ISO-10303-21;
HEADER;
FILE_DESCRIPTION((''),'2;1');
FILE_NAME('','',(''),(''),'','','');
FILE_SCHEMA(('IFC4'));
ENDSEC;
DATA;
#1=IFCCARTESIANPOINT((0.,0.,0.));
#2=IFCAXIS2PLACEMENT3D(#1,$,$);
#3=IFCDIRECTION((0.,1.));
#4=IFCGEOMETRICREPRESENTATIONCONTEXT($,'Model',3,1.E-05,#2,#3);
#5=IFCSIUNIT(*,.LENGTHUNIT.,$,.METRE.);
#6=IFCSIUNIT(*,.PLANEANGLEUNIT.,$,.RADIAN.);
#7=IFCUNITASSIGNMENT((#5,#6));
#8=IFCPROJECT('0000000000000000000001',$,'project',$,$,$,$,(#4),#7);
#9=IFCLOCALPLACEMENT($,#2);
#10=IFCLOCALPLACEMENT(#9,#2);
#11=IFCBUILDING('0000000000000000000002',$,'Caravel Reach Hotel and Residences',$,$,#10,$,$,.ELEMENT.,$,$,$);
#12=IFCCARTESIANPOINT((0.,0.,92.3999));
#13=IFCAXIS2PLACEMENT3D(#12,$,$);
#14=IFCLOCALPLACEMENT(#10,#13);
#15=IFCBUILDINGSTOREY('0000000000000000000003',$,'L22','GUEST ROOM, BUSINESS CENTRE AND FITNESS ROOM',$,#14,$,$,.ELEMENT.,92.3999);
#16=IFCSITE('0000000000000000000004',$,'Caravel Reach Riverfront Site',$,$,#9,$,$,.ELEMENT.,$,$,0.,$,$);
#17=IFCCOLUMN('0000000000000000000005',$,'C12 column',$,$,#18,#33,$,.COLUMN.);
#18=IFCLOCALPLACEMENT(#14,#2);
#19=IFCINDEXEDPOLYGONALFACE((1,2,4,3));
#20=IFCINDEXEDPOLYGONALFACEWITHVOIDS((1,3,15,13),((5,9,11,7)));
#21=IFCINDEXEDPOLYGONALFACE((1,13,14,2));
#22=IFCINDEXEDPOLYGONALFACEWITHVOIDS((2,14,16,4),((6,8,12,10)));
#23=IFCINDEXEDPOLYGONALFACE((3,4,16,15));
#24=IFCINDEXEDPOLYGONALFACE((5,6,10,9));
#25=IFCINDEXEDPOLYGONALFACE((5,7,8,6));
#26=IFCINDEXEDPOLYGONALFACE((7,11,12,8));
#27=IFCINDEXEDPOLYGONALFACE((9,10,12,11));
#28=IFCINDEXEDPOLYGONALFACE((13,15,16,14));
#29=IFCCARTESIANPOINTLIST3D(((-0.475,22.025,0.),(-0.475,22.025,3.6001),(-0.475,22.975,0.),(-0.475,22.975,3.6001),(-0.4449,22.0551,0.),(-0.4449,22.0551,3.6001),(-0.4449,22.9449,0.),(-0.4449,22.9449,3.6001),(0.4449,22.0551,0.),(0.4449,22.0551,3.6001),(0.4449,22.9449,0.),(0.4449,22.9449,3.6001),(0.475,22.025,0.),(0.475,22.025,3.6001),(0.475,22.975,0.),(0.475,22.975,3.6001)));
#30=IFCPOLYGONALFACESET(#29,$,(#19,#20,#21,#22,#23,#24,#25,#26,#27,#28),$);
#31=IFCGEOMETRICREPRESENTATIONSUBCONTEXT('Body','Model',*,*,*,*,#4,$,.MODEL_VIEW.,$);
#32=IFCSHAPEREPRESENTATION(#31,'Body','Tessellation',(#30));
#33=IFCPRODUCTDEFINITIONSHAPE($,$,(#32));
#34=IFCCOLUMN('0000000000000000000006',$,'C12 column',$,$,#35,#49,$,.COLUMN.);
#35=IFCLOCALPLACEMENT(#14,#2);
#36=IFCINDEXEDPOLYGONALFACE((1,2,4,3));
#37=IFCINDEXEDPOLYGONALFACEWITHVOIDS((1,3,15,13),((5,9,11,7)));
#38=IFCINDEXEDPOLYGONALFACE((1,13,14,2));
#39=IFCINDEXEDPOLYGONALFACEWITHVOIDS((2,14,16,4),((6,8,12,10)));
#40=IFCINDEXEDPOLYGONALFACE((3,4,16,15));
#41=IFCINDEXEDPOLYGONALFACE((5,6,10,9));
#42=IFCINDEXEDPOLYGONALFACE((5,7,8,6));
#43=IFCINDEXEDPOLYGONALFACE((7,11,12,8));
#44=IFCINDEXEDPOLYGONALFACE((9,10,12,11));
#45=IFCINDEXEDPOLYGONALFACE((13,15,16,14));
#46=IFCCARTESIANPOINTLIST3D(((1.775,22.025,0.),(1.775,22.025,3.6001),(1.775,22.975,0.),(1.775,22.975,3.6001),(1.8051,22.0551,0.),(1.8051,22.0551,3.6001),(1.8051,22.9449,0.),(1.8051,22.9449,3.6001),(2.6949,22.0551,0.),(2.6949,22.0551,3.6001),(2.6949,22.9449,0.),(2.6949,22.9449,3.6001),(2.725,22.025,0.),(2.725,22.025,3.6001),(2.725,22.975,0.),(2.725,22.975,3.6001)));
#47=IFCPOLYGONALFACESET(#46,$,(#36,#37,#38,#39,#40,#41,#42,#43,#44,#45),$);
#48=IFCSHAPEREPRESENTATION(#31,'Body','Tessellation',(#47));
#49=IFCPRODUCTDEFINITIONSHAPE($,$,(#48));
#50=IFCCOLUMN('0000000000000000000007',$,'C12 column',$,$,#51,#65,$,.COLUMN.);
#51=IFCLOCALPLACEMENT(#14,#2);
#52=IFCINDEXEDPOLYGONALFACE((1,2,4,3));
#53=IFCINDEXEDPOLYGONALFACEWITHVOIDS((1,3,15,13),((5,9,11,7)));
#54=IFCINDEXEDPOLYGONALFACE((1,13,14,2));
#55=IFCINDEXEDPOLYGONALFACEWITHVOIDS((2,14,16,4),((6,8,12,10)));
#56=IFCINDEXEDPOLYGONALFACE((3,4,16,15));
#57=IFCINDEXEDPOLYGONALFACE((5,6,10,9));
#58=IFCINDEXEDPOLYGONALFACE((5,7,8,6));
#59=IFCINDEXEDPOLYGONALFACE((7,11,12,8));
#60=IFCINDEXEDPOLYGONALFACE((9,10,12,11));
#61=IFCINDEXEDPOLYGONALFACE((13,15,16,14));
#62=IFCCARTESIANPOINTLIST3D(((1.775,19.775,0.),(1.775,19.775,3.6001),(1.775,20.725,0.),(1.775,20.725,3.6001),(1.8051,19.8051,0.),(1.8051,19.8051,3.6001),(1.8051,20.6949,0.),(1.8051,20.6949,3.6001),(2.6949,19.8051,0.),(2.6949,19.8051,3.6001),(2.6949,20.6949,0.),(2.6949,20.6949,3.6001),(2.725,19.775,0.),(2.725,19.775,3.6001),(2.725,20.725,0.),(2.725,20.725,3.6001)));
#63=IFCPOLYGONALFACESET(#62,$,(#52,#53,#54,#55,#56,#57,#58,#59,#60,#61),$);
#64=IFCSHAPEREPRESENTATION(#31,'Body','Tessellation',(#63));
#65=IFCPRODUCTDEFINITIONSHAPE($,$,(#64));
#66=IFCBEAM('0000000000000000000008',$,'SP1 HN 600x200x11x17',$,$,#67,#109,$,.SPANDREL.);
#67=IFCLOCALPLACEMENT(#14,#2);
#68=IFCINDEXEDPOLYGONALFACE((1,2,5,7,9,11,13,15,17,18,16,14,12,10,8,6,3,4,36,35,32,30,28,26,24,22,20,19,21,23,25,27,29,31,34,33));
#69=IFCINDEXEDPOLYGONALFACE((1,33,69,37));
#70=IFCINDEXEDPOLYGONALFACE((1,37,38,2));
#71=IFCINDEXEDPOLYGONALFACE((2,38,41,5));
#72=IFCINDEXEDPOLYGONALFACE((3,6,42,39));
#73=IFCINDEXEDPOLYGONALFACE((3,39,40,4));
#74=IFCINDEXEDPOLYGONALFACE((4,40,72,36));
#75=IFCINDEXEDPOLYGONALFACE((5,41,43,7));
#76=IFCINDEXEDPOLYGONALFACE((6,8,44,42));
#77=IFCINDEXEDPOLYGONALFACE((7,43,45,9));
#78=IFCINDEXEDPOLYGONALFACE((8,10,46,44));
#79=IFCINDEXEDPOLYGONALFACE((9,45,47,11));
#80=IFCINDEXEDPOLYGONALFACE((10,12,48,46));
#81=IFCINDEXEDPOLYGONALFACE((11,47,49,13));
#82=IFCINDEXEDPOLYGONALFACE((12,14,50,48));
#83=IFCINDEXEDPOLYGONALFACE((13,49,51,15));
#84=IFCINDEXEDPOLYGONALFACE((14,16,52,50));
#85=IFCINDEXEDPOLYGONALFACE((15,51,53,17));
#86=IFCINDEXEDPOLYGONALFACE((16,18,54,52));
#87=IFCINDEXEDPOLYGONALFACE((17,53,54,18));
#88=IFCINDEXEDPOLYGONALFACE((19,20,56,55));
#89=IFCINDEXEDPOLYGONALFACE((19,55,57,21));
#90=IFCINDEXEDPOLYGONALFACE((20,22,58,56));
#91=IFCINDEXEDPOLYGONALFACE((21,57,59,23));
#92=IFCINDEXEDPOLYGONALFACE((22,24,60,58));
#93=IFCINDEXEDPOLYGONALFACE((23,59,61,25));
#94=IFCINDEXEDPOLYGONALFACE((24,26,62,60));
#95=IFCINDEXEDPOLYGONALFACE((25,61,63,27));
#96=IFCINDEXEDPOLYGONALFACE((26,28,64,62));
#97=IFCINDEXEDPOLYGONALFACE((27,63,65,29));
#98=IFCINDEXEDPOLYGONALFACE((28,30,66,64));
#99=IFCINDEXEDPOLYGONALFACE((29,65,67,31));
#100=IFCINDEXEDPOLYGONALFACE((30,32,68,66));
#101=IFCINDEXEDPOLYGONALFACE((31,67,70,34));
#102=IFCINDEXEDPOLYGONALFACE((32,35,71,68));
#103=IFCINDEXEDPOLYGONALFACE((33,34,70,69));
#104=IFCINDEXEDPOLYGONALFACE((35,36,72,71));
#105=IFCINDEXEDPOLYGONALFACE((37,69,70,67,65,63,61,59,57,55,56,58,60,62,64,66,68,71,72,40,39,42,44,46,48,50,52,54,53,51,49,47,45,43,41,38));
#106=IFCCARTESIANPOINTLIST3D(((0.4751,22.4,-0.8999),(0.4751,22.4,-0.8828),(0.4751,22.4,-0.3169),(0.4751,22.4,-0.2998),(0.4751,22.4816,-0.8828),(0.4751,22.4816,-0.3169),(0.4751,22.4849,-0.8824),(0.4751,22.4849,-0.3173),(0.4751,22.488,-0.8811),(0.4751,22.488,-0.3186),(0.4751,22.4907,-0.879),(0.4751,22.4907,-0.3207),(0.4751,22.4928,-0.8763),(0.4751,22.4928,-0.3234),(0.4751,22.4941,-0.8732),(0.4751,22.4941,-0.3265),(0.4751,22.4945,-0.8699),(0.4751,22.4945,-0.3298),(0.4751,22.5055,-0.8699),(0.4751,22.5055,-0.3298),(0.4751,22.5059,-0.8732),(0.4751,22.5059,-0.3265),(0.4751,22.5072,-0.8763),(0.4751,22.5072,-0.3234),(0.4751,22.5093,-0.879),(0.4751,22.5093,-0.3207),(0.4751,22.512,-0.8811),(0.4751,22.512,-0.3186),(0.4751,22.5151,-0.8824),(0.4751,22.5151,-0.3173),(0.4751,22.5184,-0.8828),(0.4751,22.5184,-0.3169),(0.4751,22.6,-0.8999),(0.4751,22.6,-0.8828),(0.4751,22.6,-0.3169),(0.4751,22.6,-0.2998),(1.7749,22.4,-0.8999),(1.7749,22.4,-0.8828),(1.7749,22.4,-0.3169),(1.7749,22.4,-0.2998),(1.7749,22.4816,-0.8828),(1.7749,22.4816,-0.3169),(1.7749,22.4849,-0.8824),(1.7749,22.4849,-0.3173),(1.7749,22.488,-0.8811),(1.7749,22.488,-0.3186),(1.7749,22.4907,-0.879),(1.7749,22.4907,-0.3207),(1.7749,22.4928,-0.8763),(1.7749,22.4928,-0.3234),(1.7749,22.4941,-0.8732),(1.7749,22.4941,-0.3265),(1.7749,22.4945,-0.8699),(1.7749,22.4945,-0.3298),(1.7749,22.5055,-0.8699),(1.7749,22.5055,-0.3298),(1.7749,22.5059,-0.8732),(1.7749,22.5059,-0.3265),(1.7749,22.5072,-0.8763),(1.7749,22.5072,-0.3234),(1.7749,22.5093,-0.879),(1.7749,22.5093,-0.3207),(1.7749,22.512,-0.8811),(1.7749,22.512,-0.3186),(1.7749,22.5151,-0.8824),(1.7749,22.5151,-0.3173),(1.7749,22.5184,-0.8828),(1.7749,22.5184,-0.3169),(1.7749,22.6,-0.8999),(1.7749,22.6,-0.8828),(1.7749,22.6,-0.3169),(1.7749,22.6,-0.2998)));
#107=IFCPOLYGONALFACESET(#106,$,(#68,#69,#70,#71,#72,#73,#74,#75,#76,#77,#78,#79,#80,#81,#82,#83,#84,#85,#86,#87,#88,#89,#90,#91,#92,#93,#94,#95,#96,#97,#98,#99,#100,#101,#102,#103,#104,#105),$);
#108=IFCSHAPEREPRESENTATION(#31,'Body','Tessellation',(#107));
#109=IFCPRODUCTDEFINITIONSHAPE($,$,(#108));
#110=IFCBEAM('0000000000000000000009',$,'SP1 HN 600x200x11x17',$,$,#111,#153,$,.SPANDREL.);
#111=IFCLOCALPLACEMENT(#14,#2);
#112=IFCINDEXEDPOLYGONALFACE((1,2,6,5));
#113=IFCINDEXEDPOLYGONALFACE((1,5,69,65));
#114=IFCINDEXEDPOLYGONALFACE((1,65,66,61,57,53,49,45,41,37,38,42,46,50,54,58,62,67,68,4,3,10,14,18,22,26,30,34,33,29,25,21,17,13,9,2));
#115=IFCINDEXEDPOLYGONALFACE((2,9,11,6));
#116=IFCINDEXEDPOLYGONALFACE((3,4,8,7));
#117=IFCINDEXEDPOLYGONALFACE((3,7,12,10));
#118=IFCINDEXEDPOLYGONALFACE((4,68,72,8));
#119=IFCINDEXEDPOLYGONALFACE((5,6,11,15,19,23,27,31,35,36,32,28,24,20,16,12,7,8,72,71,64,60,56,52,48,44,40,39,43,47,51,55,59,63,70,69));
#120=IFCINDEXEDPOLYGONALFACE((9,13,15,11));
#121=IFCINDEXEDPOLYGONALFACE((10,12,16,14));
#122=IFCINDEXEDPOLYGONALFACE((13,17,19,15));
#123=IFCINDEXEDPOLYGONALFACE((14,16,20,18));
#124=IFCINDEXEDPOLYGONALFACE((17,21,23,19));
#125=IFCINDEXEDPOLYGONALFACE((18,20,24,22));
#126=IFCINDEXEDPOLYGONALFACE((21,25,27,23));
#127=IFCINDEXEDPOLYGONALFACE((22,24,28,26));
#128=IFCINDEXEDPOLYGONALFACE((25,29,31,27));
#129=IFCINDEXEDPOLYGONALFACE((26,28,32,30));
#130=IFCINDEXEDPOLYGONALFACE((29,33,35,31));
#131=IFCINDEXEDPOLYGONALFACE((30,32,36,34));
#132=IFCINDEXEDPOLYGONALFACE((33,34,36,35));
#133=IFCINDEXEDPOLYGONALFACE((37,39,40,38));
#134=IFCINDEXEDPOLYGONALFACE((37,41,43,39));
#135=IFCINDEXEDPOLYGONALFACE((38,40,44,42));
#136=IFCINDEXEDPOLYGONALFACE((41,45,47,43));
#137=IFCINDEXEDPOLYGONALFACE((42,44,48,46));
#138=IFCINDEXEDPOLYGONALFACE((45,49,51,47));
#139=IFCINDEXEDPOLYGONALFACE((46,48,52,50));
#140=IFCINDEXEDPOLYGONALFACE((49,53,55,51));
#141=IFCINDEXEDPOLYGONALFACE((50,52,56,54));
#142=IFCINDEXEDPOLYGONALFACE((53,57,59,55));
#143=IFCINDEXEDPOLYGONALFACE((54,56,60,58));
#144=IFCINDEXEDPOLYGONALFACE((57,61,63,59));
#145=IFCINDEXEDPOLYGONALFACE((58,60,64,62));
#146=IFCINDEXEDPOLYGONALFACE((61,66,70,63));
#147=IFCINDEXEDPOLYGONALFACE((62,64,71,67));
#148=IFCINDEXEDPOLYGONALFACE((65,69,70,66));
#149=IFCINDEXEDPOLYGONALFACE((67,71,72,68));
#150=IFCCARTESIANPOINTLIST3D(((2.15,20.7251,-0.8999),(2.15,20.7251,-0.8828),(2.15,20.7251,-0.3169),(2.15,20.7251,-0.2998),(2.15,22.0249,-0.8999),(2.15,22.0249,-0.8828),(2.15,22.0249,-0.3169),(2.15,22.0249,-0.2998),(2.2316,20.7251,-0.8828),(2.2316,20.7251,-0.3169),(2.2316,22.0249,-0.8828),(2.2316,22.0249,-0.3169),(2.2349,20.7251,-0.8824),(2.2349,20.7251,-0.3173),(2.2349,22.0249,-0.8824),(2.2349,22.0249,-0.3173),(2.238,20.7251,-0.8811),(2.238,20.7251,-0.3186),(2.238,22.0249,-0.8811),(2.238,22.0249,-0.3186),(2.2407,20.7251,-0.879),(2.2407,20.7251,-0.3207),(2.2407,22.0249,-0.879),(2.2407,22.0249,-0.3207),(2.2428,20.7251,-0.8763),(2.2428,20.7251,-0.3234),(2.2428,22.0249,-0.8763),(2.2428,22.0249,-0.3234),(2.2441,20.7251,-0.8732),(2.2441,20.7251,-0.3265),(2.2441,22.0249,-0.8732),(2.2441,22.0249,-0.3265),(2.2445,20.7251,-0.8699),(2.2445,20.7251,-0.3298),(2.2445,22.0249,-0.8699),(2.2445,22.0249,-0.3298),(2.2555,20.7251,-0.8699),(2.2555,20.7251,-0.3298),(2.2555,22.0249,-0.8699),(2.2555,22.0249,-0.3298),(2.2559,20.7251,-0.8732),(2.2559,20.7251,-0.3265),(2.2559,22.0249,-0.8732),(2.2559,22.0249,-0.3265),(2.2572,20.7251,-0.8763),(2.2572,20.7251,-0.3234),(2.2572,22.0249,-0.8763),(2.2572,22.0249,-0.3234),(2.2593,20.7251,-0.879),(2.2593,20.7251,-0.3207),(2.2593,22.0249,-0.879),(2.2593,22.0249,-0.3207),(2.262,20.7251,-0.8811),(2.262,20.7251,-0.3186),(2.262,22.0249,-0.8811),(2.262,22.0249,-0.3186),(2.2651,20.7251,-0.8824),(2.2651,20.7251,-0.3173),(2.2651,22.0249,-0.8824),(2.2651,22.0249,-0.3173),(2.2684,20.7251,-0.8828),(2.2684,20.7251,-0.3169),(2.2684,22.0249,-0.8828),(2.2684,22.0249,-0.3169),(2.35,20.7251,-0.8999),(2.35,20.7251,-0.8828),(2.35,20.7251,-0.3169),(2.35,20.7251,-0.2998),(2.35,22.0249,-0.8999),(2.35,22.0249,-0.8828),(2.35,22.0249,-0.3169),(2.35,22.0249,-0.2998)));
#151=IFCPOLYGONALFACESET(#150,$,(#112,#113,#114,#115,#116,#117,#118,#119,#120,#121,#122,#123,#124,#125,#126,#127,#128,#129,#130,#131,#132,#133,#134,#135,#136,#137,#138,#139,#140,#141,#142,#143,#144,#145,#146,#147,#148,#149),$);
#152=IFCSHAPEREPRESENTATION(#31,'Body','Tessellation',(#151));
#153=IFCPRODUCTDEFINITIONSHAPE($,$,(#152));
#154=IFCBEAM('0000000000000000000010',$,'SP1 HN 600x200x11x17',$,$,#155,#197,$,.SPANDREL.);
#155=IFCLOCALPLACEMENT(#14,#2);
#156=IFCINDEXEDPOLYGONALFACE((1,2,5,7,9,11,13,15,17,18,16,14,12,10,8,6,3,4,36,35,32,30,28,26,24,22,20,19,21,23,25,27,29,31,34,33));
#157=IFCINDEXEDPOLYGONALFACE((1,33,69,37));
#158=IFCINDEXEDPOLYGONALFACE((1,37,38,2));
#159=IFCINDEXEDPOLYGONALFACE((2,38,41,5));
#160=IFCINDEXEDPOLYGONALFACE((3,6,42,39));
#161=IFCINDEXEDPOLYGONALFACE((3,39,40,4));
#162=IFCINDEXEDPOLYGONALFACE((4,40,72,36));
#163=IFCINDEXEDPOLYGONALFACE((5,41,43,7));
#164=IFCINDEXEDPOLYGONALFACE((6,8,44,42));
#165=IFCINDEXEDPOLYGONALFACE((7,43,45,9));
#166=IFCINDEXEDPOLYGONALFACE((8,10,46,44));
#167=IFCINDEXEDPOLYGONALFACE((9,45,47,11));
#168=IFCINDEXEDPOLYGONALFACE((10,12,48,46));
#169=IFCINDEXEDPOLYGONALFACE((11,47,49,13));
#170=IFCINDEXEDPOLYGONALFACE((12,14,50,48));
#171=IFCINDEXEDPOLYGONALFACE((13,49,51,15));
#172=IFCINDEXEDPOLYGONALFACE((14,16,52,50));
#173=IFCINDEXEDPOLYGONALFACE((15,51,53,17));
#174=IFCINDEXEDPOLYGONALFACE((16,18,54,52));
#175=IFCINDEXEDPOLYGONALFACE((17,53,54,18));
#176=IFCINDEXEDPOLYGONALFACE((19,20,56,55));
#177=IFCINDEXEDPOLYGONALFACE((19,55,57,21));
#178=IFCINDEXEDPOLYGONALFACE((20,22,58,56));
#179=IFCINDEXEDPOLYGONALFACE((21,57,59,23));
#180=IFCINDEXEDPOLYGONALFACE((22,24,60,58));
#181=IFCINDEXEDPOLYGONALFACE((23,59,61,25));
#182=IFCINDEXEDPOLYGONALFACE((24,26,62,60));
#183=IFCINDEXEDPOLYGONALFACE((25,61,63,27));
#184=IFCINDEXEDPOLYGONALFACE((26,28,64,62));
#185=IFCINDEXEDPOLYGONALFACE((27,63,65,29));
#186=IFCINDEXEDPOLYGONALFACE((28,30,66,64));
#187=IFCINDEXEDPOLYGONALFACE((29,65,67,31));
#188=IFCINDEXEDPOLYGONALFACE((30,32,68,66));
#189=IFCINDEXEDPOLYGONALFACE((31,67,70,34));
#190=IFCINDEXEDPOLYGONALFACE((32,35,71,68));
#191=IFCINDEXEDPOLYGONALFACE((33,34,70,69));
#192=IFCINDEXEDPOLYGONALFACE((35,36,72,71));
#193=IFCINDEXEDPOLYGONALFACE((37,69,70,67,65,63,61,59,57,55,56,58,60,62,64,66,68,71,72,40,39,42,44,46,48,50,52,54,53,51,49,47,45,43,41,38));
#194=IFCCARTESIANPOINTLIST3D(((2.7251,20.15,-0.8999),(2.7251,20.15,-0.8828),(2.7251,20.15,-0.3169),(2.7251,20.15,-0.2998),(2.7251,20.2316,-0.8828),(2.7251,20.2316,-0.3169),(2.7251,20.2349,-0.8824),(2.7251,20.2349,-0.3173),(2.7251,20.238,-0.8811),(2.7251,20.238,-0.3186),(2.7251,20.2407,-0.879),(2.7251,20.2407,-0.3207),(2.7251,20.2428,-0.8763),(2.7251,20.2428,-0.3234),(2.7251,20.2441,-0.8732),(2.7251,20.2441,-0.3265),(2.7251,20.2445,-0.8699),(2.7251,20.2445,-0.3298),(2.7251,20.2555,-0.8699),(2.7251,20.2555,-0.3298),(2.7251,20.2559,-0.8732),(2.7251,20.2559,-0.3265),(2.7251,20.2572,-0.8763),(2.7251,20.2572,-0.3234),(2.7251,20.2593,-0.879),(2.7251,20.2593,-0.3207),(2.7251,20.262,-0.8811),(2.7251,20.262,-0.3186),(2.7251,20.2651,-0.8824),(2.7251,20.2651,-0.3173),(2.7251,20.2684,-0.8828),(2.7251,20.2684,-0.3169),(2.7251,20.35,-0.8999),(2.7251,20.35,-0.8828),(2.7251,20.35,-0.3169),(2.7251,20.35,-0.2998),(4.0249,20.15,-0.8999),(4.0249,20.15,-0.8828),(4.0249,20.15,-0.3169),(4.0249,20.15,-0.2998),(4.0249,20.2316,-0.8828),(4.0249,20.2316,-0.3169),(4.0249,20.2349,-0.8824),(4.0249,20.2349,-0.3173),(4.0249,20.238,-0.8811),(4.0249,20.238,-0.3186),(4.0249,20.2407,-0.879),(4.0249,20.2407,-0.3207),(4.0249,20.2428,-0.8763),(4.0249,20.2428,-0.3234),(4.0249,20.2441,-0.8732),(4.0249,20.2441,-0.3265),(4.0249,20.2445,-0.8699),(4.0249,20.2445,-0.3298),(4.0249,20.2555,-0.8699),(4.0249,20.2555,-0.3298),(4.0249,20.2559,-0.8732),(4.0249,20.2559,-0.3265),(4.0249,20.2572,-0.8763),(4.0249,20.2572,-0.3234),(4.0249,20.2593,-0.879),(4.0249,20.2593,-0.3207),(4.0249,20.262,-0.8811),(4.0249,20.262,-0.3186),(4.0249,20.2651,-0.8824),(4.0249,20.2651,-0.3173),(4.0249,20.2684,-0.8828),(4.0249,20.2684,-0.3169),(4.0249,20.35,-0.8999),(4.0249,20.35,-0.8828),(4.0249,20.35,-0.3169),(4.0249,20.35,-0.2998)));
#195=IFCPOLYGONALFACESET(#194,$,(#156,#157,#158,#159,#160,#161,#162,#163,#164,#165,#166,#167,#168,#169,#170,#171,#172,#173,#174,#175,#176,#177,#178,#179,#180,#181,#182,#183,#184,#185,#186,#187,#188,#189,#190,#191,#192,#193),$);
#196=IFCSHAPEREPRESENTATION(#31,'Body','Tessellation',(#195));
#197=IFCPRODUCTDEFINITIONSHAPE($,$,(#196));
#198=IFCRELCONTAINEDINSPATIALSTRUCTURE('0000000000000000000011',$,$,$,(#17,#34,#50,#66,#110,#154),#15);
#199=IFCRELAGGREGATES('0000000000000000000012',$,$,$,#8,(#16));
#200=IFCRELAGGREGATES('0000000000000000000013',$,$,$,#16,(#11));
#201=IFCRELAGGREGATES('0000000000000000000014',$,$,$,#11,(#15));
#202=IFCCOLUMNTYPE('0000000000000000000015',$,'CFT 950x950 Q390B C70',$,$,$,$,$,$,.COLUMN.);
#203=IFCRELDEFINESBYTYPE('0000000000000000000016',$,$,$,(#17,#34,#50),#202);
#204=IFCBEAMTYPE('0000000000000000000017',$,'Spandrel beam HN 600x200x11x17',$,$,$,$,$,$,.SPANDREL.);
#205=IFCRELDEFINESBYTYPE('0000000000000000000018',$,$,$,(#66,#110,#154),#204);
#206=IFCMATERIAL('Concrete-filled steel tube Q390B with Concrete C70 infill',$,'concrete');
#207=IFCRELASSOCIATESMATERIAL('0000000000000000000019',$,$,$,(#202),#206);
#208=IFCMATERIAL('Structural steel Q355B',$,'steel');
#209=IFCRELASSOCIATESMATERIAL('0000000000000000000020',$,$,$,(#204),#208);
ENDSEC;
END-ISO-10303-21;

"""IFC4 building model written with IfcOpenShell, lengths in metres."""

from ifc_helpers import new_model, si_unit, direction, frame, origin, origin_2d, place, context, subcontext, project, spatial, hollow_rectangle, i_section, extrude, material, material_profile, profile_set, type_object, element, save


model = new_model("IFC4")

# Units and contexts
model_context = context("Model", 3, precision=1e-05, world=origin(), true_north=direction((0.0, 1.0)))
body_context = subcontext(model_context, "Body", "Model", "MODEL_VIEW")
ifc_project = project(units=[si_unit("LENGTHUNIT", "METRE"), si_unit("PLANEANGLEUNIT", "RADIAN")], contexts=[model_context])

# Site, building, storey
site_placement = place(None, origin())
site = spatial("IfcSite", under=ifc_project, at=site_placement, Name="Caravel Reach Riverfront Site", CompositionType="ELEMENT", RefElevation=0.0)
building_placement = place(site_placement, origin())
building = spatial("IfcBuilding", under=site, at=building_placement, Name="Caravel Reach Hotel and Residences", CompositionType="ELEMENT")
storey_placement = place(building_placement, frame((0.0, 0.0, 92.3999)))
storey = spatial("IfcBuildingStorey", under=building, at=storey_placement, Name="L22", Description="GUEST ROOM, BUSINESS CENTRE AND FITNESS ROOM", CompositionType="ELEMENT", Elevation=92.3999)

# Columns
ifc_material_1 = material(Name="Concrete-filled steel tube Q390B with Concrete C70 infill", Category="concrete")
ifc_material_profile_1 = material_profile(ifc_material_1, hollow_rectangle(XDim=0.95, YDim=0.95, WallThickness=0.03, at=origin_2d()), Name="RHS 950x950x30")
ifc_profile_set_1 = profile_set([ifc_material_profile_1], Name="Concrete-filled steel tube Q390B with Concrete C70 infill")
column_type = type_object("IfcColumnType", Name="CFT 950x950 Q390B C70", PredefinedType="COLUMN", material=ifc_profile_set_1)
for number, where, z_axis, x_axis, name in (
    (1, (0.0, 22.5, 0.0), (0.0, 0.0, 1.0), (1.0, 0.0, 0.0), "C12 column"),
    (2, (2.25, 22.5, 0.0), (0.0, 0.0, 1.0), (1.0, 0.0, 0.0), "C12 column"),
    (3, (2.25, 20.25, 0.0), (0.0, 0.0, 1.0), (1.0, 0.0, 0.0), "C12 column"),
):
    element("IfcColumn", number, at=place(storey_placement, frame(where, z_axis=z_axis, x_axis=x_axis)), inside=storey, type_object=column_type, Name=name, PredefinedType="COLUMN", context=body_context, shape_type="SweptSolid", body=[
        extrude(hollow_rectangle(XDim=0.95, YDim=0.95, WallThickness=0.03, at=origin_2d()), origin(), (0.0, 0.0, 1.0), 3.6001),
    ])

# Beams
ifc_material_2 = material(Name="Structural steel Q355B", Category="steel")
ifc_material_profile_2 = material_profile(ifc_material_2, i_section(OverallWidth=0.2, OverallDepth=0.6001, WebThickness=0.011, FlangeThickness=0.0171, FilletRadius=0.0129, at=origin_2d()), Name="HN 600x200x11x17")
ifc_profile_set_2 = profile_set([ifc_material_profile_2], Name="Structural steel Q355B")
beam_type = type_object("IfcBeamType", Name="Spandrel beam HN 600x200x11x17", PredefinedType="SPANDREL", material=ifc_profile_set_2)
for number, where, z_axis, x_axis, name in (
    (4, (0.4751, 22.5, -0.5999), (1.0, 0.0, 0.0), (0.0, 1.0, 0.0), "SP1 HN 600x200x11x17"),
    (5, (2.25, 22.0249, -0.5999), (0.0, -1.0, 0.0), (1.0, 0.0, 0.0), "SP1 HN 600x200x11x17"),
    (6, (2.7251, 20.25, -0.5999), (1.0, 0.0, 0.0), (0.0, 1.0, 0.0), "SP1 HN 600x200x11x17"),
):
    element("IfcBeam", number, at=place(storey_placement, frame(where, z_axis=z_axis, x_axis=x_axis)), inside=storey, type_object=beam_type, Name=name, PredefinedType="SPANDREL", context=body_context, shape_type="SweptSolid", body=[
        extrude(i_section(OverallWidth=0.2, OverallDepth=0.6001, WebThickness=0.011, FlangeThickness=0.0171, FilletRadius=0.0129, at=origin_2d()), origin(), (0.0, 0.0, 1.0), 1.2998),
    ])

save(model, "model.ifc")
